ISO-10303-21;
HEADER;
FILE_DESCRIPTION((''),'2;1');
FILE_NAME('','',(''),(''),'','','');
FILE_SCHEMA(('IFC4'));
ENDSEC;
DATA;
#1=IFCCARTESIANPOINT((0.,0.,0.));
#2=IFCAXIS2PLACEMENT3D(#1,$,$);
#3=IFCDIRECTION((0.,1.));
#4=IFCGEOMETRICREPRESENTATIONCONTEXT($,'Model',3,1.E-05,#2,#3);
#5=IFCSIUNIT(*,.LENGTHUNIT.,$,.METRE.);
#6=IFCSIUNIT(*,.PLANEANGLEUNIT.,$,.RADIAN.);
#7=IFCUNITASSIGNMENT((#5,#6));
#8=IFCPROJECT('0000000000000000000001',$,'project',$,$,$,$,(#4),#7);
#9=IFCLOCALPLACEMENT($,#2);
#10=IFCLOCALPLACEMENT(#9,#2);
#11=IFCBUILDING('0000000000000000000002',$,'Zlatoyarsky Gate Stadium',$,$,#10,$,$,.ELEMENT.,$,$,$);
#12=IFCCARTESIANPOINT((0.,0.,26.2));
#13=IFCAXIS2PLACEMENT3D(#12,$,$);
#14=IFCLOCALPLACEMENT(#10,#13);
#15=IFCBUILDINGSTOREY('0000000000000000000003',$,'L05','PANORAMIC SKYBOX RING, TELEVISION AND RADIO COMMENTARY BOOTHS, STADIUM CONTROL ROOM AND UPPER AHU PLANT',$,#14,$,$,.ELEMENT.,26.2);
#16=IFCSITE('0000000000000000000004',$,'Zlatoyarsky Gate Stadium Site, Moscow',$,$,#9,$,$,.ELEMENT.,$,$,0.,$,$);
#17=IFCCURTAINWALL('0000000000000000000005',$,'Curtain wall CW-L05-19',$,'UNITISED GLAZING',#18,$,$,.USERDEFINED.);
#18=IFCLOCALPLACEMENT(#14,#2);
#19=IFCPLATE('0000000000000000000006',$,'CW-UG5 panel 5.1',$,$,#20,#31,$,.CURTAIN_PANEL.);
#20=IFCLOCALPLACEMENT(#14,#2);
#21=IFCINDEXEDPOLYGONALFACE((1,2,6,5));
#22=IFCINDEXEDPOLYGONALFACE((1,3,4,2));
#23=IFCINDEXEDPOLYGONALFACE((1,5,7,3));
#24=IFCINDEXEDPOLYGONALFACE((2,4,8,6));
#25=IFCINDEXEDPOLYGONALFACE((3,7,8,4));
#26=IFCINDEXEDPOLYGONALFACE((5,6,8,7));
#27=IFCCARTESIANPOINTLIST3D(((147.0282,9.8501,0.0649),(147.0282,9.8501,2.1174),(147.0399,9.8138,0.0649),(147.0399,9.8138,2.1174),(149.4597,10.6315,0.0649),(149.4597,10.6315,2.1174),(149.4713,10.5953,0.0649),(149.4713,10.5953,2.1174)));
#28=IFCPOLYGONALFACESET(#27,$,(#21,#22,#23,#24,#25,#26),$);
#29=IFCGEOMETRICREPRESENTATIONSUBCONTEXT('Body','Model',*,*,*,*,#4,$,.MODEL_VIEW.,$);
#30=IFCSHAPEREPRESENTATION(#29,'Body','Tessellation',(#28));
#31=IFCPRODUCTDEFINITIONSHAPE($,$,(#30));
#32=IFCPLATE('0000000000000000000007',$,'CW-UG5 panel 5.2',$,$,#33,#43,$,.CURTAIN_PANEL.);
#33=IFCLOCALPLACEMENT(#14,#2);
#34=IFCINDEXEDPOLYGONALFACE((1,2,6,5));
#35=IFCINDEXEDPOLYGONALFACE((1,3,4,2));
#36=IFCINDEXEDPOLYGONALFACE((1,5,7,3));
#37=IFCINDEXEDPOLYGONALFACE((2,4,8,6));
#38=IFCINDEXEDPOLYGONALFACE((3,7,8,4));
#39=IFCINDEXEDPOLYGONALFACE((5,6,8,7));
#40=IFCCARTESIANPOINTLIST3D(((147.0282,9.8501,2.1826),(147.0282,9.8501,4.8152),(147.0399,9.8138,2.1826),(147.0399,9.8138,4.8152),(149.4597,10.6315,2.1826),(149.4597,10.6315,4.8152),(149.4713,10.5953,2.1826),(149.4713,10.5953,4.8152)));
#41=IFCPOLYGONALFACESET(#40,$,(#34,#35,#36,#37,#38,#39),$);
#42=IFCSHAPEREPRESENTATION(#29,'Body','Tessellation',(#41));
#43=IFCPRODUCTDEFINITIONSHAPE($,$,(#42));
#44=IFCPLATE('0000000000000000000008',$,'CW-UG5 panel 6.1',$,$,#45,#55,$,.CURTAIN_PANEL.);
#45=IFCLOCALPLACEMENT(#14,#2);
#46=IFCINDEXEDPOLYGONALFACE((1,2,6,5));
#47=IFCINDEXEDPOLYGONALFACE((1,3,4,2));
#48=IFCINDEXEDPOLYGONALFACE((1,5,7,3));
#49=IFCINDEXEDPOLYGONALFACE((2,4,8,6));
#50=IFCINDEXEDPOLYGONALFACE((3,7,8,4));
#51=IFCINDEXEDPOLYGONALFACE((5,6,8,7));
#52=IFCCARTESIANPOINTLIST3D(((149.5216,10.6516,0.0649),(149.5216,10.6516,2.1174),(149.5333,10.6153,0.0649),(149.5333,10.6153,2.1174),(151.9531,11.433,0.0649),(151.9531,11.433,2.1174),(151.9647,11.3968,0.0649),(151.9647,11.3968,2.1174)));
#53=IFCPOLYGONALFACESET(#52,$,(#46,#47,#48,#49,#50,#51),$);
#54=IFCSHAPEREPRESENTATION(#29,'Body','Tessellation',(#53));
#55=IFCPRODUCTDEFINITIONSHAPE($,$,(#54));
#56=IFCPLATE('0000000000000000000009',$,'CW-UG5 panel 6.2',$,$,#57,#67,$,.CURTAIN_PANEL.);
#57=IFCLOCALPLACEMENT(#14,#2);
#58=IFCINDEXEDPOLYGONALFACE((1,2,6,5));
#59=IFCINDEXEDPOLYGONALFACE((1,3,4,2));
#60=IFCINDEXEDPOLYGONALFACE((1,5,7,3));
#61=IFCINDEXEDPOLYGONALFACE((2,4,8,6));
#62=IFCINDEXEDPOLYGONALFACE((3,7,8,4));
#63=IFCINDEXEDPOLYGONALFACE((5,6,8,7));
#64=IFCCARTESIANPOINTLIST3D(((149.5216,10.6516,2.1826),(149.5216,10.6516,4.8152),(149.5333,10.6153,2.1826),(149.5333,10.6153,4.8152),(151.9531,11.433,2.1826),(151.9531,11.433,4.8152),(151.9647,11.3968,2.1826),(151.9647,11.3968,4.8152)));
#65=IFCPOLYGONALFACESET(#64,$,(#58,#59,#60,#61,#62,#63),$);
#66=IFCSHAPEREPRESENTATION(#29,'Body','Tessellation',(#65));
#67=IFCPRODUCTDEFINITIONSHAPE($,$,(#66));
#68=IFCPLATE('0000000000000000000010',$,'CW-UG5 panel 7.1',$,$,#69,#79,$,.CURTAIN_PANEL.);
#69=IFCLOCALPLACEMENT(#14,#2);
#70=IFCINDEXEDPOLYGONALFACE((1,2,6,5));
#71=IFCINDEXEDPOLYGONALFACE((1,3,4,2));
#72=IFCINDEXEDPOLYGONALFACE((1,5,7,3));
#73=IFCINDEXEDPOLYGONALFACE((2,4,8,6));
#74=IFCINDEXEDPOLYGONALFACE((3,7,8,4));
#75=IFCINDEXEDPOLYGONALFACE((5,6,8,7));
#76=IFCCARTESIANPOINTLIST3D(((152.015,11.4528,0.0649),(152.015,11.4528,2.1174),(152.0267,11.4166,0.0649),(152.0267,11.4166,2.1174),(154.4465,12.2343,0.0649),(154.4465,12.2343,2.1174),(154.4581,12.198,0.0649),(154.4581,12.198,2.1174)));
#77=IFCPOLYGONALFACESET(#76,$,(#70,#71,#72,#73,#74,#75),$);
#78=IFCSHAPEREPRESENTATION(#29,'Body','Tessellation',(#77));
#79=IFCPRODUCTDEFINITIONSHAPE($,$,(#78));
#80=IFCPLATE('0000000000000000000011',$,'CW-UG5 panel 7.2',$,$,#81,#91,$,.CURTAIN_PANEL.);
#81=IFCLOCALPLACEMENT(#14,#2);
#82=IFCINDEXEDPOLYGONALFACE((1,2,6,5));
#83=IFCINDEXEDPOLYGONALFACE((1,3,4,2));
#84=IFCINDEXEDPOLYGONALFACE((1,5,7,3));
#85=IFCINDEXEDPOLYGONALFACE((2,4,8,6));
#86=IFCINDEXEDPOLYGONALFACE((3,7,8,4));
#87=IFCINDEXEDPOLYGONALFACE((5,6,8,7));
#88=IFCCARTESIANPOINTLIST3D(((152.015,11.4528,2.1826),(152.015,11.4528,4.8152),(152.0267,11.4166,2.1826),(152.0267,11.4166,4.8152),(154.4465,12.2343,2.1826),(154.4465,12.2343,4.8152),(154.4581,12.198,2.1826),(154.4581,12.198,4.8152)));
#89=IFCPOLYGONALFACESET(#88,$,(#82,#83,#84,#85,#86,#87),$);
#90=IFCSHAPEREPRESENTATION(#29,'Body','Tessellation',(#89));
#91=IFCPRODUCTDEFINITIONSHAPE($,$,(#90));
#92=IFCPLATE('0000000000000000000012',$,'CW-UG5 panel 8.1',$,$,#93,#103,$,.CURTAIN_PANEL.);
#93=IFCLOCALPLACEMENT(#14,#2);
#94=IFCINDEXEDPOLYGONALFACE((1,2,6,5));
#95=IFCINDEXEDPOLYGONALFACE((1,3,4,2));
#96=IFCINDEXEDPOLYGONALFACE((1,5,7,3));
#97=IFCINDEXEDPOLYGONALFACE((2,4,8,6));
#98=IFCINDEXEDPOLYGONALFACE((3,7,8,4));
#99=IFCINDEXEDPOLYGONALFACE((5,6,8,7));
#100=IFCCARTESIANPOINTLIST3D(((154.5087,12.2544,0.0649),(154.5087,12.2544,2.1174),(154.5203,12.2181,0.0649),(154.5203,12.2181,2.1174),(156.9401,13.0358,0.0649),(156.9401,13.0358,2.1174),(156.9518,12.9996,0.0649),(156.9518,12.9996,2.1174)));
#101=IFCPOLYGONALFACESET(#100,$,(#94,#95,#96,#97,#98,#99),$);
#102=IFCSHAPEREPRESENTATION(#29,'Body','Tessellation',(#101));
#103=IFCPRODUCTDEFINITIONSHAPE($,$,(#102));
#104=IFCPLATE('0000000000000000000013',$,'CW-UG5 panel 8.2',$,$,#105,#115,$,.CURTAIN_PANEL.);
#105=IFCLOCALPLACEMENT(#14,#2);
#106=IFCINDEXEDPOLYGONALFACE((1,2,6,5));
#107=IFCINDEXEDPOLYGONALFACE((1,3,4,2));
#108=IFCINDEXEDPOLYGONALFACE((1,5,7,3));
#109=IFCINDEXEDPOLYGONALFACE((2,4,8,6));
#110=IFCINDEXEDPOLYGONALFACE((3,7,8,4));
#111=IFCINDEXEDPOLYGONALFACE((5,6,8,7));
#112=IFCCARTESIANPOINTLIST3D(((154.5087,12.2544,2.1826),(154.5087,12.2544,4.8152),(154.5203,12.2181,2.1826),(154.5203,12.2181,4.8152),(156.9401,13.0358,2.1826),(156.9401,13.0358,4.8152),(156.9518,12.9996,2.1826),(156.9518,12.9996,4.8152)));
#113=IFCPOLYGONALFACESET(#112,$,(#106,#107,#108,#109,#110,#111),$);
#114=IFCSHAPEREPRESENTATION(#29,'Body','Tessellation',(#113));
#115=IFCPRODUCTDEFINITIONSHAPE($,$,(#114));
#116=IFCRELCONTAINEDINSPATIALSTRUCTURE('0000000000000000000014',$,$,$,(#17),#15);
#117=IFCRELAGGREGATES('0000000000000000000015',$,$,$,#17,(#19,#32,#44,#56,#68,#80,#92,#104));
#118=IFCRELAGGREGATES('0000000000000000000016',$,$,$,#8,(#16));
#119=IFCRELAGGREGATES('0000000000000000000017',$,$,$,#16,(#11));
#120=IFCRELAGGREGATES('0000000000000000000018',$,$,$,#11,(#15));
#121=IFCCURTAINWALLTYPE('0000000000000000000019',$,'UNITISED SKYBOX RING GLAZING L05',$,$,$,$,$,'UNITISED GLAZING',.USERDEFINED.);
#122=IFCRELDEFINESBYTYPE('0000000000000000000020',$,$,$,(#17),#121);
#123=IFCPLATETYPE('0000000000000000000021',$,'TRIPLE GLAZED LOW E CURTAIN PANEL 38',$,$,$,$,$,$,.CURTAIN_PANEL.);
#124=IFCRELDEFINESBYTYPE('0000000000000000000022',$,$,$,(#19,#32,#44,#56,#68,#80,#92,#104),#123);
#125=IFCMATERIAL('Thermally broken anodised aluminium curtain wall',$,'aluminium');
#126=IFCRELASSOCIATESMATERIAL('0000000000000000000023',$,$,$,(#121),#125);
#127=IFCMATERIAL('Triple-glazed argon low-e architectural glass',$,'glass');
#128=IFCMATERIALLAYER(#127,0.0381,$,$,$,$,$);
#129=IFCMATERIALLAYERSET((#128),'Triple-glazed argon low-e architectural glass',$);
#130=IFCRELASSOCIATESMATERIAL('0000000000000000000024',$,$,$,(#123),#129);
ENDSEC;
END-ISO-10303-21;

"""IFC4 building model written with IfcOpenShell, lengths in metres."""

from ifc_helpers import new_model, si_unit, direction, frame, origin, origin_2d, place, context, subcontext, project, spatial, rectangle, extrude, material, layer, layer_set, type_object, element, aggregate, save


model = new_model("IFC4")

# Units and contexts
model_context = context("Model", 3, precision=1e-05, world=origin(), true_north=direction((0.0, 1.0)))
body_context = subcontext(model_context, "Body", "Model", "MODEL_VIEW")
ifc_project = project(units=[si_unit("LENGTHUNIT", "METRE"), si_unit("PLANEANGLEUNIT", "RADIAN")], contexts=[model_context])

# Site, building, storey
site_placement = place(None, origin())
site = spatial("IfcSite", under=ifc_project, at=site_placement, Name="Zlatoyarsky Gate Stadium Site, Moscow", CompositionType="ELEMENT", RefElevation=0.0)
building_placement = place(site_placement, origin())
building = spatial("IfcBuilding", under=site, at=building_placement, Name="Zlatoyarsky Gate Stadium", CompositionType="ELEMENT")
storey_placement = place(building_placement, frame((0.0, 0.0, 26.2)))
storey = spatial("IfcBuildingStorey", under=building, at=storey_placement, Name="L05", Description="PANORAMIC SKYBOX RING, TELEVISION AND RADIO COMMENTARY BOOTHS, STADIUM CONTROL ROOM AND UPPER AHU PLANT", CompositionType="ELEMENT", Elevation=26.2)

# Curtain wall
ifc_material_1 = material(Name="Thermally broken anodised aluminium curtain wall", Category="aluminium")
curtain_wall_type = type_object("IfcCurtainWallType", Name="UNITISED SKYBOX RING GLAZING L05", ElementType="UNITISED GLAZING", PredefinedType="USERDEFINED", material=ifc_material_1)
curtain_wall_placement = place(storey_placement, origin())
curtain_wall = element("IfcCurtainWall", 1, at=curtain_wall_placement, inside=storey, type_object=curtain_wall_type, Name="Curtain wall CW-L05-19", ObjectType="UNITISED GLAZING", PredefinedType="USERDEFINED")

# Plates
ifc_material_2 = material(Name="Triple-glazed argon low-e architectural glass", Category="glass")
ifc_layer_1 = layer(ifc_material_2, 0.0381)
ifc_layer_set_1 = layer_set([ifc_layer_1], Name="Triple-glazed argon low-e architectural glass")
plate_type_1 = type_object("IfcPlateType", Name="TRIPLE GLAZED LOW E CURTAIN PANEL 38", PredefinedType="CURTAIN_PANEL", material=ifc_layer_set_1)
plate_1_placement = place(storey_placement, frame((148.2498, 10.2227, 0.0649), z_axis=(0.0, 0.0, 1.0), x_axis=(0.952039, 0.305978, 0.0)))
plate_1 = element("IfcPlate", 2, at=plate_1_placement, type_object=plate_type_1, Name="CW-UG5 panel 5.1", PredefinedType="CURTAIN_PANEL", context=body_context, shape_type="SweptSolid", body=[
    extrude(rectangle(XDim=2.554, YDim=0.0381, at=origin_2d()), origin(), (0.0, 0.0, 1.0), 2.0525),
])
plate_2_placement = place(storey_placement, frame((148.2498, 10.2227, 2.1826), z_axis=(0.0, 0.0, 1.0), x_axis=(0.952039, 0.305978, 0.0)))
plate_2 = element("IfcPlate", 3, at=plate_2_placement, type_object=plate_type_1, Name="CW-UG5 panel 5.2", PredefinedType="CURTAIN_PANEL", context=body_context, shape_type="SweptSolid", body=[
    extrude(rectangle(XDim=2.554, YDim=0.0381, at=origin_2d()), origin(), (0.0, 0.0, 1.0), 2.6326),
])
plate_3_placement = place(storey_placement, frame((150.7432, 11.0242, 0.0649), z_axis=(0.0, 0.0, 1.0), x_axis=(0.952039, 0.305978, 0.0)))
plate_3 = element("IfcPlate", 4, at=plate_3_placement, type_object=plate_type_1, Name="CW-UG5 panel 6.1", PredefinedType="CURTAIN_PANEL", context=body_context, shape_type="SweptSolid", body=[
    extrude(rectangle(XDim=2.554, YDim=0.0381, at=origin_2d()), origin(), (0.0, 0.0, 1.0), 2.0525),
])
plate_4_placement = place(storey_placement, frame((150.7432, 11.0242, 2.1826), z_axis=(0.0, 0.0, 1.0), x_axis=(0.952039, 0.305978, 0.0)))
plate_4 = element("IfcPlate", 5, at=plate_4_placement, type_object=plate_type_1, Name="CW-UG5 panel 6.2", PredefinedType="CURTAIN_PANEL", context=body_context, shape_type="SweptSolid", body=[
    extrude(rectangle(XDim=2.554, YDim=0.0381, at=origin_2d()), origin(), (0.0, 0.0, 1.0), 2.6326),
])
plate_5_placement = place(storey_placement, frame((153.2366, 11.8254, 0.0649), z_axis=(0.0, 0.0, 1.0), x_axis=(0.952039, 0.305978, 0.0)))
plate_5 = element("IfcPlate", 6, at=plate_5_placement, type_object=plate_type_1, Name="CW-UG5 panel 7.1", PredefinedType="CURTAIN_PANEL", context=body_context, shape_type="SweptSolid", body=[
    extrude(rectangle(XDim=2.554, YDim=0.0381, at=origin_2d()), origin(), (0.0, 0.0, 1.0), 2.0525),
])
plate_6_placement = place(storey_placement, frame((153.2366, 11.8254, 2.1826), z_axis=(0.0, 0.0, 1.0), x_axis=(0.952039, 0.305978, 0.0)))
plate_6 = element("IfcPlate", 7, at=plate_6_placement, type_object=plate_type_1, Name="CW-UG5 panel 7.2", PredefinedType="CURTAIN_PANEL", context=body_context, shape_type="SweptSolid", body=[
    extrude(rectangle(XDim=2.554, YDim=0.0381, at=origin_2d()), origin(), (0.0, 0.0, 1.0), 2.6326),
])
plate_7_placement = place(storey_placement, frame((155.7302, 12.627, 0.0649), z_axis=(0.0, 0.0, 1.0), x_axis=(0.952039, 0.305978, 0.0)))
plate_7 = element("IfcPlate", 8, at=plate_7_placement, type_object=plate_type_1, Name="CW-UG5 panel 8.1", PredefinedType="CURTAIN_PANEL", context=body_context, shape_type="SweptSolid", body=[
    extrude(rectangle(XDim=2.554, YDim=0.0381, at=origin_2d()), origin(), (0.0, 0.0, 1.0), 2.0525),
])
plate_8_placement = place(storey_placement, frame((155.7302, 12.627, 2.1826), z_axis=(0.0, 0.0, 1.0), x_axis=(0.952039, 0.305978, 0.0)))
plate_8 = element("IfcPlate", 9, at=plate_8_placement, type_object=plate_type_1, Name="CW-UG5 panel 8.2", PredefinedType="CURTAIN_PANEL", context=body_context, shape_type="SweptSolid", body=[
    extrude(rectangle(XDim=2.554, YDim=0.0381, at=origin_2d()), origin(), (0.0, 0.0, 1.0), 2.6326),
])
aggregate(curtain_wall, [plate_1, plate_2, plate_3, plate_4, plate_5, plate_6, plate_7, plate_8])

save(model, "model.ifc")
